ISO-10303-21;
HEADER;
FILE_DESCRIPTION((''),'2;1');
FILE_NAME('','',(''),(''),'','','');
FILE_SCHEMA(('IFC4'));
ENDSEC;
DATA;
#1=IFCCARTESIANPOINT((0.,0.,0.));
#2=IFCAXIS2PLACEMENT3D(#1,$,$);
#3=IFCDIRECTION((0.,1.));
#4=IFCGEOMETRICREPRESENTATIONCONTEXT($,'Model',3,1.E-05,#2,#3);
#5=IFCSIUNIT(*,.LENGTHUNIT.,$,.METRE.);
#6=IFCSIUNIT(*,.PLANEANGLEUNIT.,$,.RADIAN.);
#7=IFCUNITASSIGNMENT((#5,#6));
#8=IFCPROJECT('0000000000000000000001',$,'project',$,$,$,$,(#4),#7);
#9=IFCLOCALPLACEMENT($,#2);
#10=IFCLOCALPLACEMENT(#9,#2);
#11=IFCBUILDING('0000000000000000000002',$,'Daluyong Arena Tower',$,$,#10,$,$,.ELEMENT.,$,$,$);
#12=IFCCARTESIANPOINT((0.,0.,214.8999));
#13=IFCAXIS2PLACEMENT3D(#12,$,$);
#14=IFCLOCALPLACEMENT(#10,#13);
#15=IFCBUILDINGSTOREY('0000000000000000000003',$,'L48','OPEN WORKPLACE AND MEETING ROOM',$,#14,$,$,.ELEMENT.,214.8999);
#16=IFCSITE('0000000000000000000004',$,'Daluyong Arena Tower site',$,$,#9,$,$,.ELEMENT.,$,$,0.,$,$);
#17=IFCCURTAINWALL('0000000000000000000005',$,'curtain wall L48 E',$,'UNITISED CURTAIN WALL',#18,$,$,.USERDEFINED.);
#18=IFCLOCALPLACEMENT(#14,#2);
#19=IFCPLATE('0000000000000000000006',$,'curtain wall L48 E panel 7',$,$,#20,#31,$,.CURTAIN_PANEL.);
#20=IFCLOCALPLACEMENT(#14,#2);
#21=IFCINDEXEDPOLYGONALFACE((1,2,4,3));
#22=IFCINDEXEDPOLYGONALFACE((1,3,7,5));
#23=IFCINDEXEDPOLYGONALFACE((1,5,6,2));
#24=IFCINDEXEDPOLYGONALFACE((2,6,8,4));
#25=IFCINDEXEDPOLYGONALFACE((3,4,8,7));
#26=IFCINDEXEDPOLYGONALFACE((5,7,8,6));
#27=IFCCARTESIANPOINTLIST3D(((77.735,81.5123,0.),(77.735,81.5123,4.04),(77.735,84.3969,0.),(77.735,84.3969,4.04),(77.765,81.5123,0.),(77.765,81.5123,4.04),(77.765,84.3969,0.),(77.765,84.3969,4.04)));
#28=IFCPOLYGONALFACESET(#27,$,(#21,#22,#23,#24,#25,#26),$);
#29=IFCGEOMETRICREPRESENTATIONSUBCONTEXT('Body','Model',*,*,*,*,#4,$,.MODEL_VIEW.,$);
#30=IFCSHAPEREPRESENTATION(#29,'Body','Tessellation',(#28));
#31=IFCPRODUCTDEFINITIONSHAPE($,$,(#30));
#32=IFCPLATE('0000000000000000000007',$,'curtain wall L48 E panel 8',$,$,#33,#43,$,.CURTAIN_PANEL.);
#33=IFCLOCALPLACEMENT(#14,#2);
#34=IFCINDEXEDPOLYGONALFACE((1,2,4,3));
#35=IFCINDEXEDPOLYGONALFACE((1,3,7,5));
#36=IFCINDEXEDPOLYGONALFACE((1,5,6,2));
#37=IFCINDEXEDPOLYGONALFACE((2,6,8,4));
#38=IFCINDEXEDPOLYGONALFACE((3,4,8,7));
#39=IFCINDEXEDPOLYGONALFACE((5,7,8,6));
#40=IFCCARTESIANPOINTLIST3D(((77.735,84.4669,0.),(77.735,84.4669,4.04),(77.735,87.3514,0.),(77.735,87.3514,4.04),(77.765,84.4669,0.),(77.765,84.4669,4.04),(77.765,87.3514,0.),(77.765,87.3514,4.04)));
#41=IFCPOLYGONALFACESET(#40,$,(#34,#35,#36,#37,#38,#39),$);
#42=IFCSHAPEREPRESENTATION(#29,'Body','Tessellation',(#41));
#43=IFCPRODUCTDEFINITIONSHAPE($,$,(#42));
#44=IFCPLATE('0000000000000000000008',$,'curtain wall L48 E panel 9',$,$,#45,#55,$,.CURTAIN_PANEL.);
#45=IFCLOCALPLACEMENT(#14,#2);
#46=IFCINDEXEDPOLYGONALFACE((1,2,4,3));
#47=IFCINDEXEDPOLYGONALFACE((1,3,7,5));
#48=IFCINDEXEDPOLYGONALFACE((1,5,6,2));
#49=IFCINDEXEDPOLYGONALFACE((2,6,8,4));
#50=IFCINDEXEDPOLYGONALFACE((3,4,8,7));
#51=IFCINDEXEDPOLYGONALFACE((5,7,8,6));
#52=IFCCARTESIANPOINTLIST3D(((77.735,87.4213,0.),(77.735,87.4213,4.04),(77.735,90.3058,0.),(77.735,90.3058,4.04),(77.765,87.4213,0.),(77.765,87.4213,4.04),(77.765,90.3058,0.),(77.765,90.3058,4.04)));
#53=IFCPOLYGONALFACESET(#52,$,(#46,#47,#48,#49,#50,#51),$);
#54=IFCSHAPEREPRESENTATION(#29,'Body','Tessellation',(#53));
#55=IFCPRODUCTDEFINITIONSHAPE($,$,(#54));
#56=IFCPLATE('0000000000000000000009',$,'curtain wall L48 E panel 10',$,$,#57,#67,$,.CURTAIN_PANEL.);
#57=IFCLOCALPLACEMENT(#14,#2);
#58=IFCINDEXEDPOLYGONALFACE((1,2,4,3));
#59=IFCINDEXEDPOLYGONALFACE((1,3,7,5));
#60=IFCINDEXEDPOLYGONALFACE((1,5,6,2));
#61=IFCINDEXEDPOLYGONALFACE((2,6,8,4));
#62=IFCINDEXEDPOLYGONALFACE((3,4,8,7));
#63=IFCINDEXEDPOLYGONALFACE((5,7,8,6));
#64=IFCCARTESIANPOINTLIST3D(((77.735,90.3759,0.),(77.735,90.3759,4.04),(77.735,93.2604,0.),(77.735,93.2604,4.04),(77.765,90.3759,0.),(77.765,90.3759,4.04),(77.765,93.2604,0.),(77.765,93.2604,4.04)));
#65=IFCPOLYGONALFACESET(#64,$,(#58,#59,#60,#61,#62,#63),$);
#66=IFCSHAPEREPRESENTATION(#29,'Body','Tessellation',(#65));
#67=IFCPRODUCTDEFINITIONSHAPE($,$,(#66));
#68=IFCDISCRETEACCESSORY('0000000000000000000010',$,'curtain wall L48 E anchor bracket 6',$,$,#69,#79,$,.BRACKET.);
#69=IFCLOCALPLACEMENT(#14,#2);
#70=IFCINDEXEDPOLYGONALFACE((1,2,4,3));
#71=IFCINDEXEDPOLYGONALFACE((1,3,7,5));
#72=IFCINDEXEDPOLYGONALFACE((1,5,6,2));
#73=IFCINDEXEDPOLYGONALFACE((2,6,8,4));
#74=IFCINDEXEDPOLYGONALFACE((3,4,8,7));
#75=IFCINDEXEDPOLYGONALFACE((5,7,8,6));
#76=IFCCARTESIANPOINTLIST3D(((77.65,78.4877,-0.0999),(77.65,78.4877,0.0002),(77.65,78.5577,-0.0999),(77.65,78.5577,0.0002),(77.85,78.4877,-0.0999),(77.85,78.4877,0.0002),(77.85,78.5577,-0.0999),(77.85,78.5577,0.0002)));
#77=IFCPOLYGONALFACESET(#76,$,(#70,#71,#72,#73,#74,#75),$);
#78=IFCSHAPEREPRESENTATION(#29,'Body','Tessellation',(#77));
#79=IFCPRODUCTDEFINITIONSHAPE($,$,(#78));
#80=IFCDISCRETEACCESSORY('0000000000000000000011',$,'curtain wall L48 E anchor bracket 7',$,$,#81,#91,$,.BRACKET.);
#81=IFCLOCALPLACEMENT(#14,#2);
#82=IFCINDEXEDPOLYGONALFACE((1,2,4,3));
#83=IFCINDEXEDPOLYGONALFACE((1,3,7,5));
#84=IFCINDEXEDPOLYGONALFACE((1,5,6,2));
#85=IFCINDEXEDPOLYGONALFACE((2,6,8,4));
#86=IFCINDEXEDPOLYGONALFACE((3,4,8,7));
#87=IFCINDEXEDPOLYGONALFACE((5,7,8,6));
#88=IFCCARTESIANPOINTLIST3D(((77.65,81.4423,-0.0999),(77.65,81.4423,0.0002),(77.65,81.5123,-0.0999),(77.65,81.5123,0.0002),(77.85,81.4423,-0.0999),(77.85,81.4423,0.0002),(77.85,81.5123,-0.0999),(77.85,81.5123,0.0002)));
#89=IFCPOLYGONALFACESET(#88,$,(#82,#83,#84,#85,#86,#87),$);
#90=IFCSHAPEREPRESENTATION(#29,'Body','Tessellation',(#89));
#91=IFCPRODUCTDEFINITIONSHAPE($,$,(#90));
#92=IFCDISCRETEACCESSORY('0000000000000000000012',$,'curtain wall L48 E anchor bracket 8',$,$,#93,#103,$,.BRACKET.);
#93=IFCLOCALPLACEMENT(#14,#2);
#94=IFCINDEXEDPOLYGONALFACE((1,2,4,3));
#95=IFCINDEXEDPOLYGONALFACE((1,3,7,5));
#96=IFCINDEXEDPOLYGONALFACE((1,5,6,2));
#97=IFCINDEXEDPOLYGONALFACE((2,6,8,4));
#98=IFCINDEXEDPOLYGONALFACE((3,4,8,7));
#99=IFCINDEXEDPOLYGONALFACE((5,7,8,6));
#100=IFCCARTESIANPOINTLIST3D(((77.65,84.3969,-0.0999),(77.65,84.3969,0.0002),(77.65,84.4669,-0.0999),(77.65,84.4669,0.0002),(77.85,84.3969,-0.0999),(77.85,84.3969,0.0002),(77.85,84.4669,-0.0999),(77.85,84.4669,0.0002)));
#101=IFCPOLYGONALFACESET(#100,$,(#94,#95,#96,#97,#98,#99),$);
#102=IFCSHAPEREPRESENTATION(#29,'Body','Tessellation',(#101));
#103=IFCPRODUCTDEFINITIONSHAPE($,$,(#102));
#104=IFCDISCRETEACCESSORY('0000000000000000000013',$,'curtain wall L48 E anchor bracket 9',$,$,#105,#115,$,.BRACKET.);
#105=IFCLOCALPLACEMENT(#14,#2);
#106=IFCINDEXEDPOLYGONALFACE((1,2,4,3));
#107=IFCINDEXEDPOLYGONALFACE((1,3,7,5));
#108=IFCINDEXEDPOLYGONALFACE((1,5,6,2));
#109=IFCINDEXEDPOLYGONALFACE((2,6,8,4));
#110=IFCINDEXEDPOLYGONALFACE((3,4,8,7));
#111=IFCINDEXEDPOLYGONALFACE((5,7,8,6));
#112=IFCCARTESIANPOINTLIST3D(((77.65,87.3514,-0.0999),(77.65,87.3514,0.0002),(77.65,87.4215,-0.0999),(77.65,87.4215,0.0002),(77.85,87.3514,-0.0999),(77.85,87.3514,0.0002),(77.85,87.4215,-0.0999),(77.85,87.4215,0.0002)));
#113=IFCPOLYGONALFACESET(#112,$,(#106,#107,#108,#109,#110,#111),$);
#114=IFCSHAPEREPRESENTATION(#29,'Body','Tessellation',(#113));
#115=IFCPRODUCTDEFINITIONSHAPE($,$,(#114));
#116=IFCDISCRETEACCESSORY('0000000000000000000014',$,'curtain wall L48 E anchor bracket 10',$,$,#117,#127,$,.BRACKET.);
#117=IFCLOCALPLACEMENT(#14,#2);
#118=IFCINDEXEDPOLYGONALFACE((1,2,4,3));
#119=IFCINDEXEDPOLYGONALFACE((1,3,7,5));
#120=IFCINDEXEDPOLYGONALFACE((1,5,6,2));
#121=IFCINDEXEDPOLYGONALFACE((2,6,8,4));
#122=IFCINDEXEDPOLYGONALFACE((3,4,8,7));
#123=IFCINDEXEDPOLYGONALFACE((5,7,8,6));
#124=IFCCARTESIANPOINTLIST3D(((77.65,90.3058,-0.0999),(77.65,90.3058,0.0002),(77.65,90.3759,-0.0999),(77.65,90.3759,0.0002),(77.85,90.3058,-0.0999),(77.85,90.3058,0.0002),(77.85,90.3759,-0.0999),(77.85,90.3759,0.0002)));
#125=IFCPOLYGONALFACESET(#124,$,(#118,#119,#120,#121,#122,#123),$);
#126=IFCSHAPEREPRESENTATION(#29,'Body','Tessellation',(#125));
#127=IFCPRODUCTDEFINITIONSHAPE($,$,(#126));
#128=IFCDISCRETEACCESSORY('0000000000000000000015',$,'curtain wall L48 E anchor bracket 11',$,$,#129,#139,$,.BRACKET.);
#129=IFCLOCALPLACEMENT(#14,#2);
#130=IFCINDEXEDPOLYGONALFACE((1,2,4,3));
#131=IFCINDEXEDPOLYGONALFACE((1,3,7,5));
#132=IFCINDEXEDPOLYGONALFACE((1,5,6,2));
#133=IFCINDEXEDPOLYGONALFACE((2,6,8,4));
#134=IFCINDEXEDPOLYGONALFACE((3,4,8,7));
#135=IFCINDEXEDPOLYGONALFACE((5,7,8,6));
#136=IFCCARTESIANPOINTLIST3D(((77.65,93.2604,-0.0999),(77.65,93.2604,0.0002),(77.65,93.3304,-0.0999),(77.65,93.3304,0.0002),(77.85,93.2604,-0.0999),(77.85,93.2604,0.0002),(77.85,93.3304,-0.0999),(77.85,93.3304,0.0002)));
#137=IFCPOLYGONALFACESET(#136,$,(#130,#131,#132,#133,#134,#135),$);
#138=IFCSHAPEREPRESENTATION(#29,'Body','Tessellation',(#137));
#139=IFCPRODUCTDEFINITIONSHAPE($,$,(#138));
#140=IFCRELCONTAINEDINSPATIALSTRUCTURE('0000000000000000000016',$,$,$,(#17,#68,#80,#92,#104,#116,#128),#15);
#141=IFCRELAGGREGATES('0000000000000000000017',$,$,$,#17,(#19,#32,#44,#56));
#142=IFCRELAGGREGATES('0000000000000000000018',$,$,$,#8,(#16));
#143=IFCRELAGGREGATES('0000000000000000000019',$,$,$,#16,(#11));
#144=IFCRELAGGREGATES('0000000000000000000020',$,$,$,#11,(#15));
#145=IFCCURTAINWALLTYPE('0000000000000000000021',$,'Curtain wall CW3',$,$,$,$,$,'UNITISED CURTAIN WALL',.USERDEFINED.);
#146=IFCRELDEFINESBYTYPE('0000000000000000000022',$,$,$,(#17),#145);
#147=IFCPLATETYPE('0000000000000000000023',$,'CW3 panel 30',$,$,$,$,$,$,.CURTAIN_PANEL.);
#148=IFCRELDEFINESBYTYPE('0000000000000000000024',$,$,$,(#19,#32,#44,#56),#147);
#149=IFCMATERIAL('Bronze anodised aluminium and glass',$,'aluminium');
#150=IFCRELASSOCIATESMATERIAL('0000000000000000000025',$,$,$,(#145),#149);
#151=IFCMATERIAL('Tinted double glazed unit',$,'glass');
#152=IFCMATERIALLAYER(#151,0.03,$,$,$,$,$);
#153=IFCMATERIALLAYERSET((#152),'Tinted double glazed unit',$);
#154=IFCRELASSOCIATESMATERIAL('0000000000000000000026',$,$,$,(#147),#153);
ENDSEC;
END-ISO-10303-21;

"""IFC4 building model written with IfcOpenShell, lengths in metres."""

from ifc_helpers import new_model, si_unit, direction, frame, origin, origin_2d, place, context, subcontext, project, spatial, rectangle, extrude, material, layer, layer_set, type_object, element, aggregate, save


model = new_model("IFC4")

# Units and contexts
model_context = context("Model", 3, precision=1e-05, world=origin(), true_north=direction((0.0, 1.0)))
body_context = subcontext(model_context, "Body", "Model", "MODEL_VIEW")
ifc_project = project(units=[si_unit("LENGTHUNIT", "METRE"), si_unit("PLANEANGLEUNIT", "RADIAN")], contexts=[model_context])

# Site, building, storey
site_placement = place(None, origin())
site = spatial("IfcSite", under=ifc_project, at=site_placement, Name="Daluyong Arena Tower site", CompositionType="ELEMENT", RefElevation=0.0)
building_placement = place(site_placement, origin())
building = spatial("IfcBuilding", under=site, at=building_placement, Name="Daluyong Arena Tower", CompositionType="ELEMENT")
storey_placement = place(building_placement, frame((0.0, 0.0, 214.8999)))
storey = spatial("IfcBuildingStorey", under=building, at=storey_placement, Name="L48", Description="OPEN WORKPLACE AND MEETING ROOM", CompositionType="ELEMENT", Elevation=214.8999)

# Curtain wall
ifc_material_1 = material(Name="Bronze anodised aluminium and glass", Category="aluminium")
curtain_wall_type = type_object("IfcCurtainWallType", Name="Curtain wall CW3", ElementType="UNITISED CURTAIN WALL", PredefinedType="USERDEFINED", material=ifc_material_1)
curtain_wall_placement = place(storey_placement, origin())
curtain_wall = element("IfcCurtainWall", 1, at=curtain_wall_placement, inside=storey, type_object=curtain_wall_type, Name="curtain wall L48 E", ObjectType="UNITISED CURTAIN WALL", PredefinedType="USERDEFINED")

# Plates
ifc_material_2 = material(Name="Tinted double glazed unit", Category="glass")
ifc_layer = layer(ifc_material_2, 0.03)
ifc_layer_set = layer_set([ifc_layer], Name="Tinted double glazed unit")
plate_type = type_object("IfcPlateType", Name="CW3 panel 30", PredefinedType="CURTAIN_PANEL", material=ifc_layer_set)
plate_1_placement = place(storey_placement, frame((77.75, 82.9546, 0.0), z_axis=(0.0, 0.0, 1.0), x_axis=(0.0, 1.0, 0.0)))
plate_1 = element("IfcPlate", 2, at=plate_1_placement, type_object=plate_type, Name="curtain wall L48 E panel 7", PredefinedType="CURTAIN_PANEL", context=body_context, shape_type="SweptSolid", body=[
    extrude(rectangle(XDim=2.8845, YDim=0.03, at=origin_2d()), origin(), (0.0, 0.0, 1.0), 4.04),
])
plate_2_placement = place(storey_placement, frame((77.75, 85.9092, 0.0), z_axis=(0.0, 0.0, 1.0), x_axis=(0.0, 1.0, 0.0)))
plate_2 = element("IfcPlate", 3, at=plate_2_placement, type_object=plate_type, Name="curtain wall L48 E panel 8", PredefinedType="CURTAIN_PANEL", context=body_context, shape_type="SweptSolid", body=[
    extrude(rectangle(XDim=2.8845, YDim=0.03, at=origin_2d()), origin(), (0.0, 0.0, 1.0), 4.04),
])
plate_3_placement = place(storey_placement, frame((77.75, 88.8635, 0.0), z_axis=(0.0, 0.0, 1.0), x_axis=(0.0, 1.0, 0.0)))
plate_3 = element("IfcPlate", 4, at=plate_3_placement, type_object=plate_type, Name="curtain wall L48 E panel 9", PredefinedType="CURTAIN_PANEL", context=body_context, shape_type="SweptSolid", body=[
    extrude(rectangle(XDim=2.8845, YDim=0.03, at=origin_2d()), origin(), (0.0, 0.0, 1.0), 4.04),
])
plate_4_placement = place(storey_placement, frame((77.75, 91.8181, 0.0), z_axis=(0.0, 0.0, 1.0), x_axis=(0.0, 1.0, 0.0)))
plate_4 = element("IfcPlate", 5, at=plate_4_placement, type_object=plate_type, Name="curtain wall L48 E panel 10", PredefinedType="CURTAIN_PANEL", context=body_context, shape_type="SweptSolid", body=[
    extrude(rectangle(XDim=2.8845, YDim=0.03, at=origin_2d()), origin(), (0.0, 0.0, 1.0), 4.04),
])
aggregate(curtain_wall, [plate_1, plate_2, plate_3, plate_4])

# Discrete accessories
for number, where, z_axis, x_axis, name in (
    (6, (77.75, 78.5227, -0.0999), (0.0, 0.0, 1.0), (0.0, 1.0, 0.0), "curtain wall L48 E anchor bracket 6"),
    (7, (77.75, 81.4773, -0.0999), (0.0, 0.0, 1.0), (0.0, 1.0, 0.0), "curtain wall L48 E anchor bracket 7"),
    (8, (77.75, 84.4319, -0.0999), (0.0, 0.0, 1.0), (0.0, 1.0, 0.0), "curtain wall L48 E anchor bracket 8"),
    (9, (77.75, 87.3865, -0.0999), (0.0, 0.0, 1.0), (0.0, 1.0, 0.0), "curtain wall L48 E anchor bracket 9"),
    (10, (77.75, 90.3408, -0.0999), (0.0, 0.0, 1.0), (0.0, 1.0, 0.0), "curtain wall L48 E anchor bracket 10"),
    (11, (77.75, 93.2954, -0.0999), (0.0, 0.0, 1.0), (0.0, 1.0, 0.0), "curtain wall L48 E anchor bracket 11"),
):
    element("IfcDiscreteAccessory", number, at=place(storey_placement, frame(where, z_axis=z_axis, x_axis=x_axis)), inside=storey, Name=name, PredefinedType="BRACKET", context=body_context, shape_type="SweptSolid", body=[
        extrude(rectangle(XDim=0.0701, YDim=0.2, at=origin_2d()), origin(), (0.0, 0.0, 1.0), 0.1001),
    ])

save(model, "model.ifc")
